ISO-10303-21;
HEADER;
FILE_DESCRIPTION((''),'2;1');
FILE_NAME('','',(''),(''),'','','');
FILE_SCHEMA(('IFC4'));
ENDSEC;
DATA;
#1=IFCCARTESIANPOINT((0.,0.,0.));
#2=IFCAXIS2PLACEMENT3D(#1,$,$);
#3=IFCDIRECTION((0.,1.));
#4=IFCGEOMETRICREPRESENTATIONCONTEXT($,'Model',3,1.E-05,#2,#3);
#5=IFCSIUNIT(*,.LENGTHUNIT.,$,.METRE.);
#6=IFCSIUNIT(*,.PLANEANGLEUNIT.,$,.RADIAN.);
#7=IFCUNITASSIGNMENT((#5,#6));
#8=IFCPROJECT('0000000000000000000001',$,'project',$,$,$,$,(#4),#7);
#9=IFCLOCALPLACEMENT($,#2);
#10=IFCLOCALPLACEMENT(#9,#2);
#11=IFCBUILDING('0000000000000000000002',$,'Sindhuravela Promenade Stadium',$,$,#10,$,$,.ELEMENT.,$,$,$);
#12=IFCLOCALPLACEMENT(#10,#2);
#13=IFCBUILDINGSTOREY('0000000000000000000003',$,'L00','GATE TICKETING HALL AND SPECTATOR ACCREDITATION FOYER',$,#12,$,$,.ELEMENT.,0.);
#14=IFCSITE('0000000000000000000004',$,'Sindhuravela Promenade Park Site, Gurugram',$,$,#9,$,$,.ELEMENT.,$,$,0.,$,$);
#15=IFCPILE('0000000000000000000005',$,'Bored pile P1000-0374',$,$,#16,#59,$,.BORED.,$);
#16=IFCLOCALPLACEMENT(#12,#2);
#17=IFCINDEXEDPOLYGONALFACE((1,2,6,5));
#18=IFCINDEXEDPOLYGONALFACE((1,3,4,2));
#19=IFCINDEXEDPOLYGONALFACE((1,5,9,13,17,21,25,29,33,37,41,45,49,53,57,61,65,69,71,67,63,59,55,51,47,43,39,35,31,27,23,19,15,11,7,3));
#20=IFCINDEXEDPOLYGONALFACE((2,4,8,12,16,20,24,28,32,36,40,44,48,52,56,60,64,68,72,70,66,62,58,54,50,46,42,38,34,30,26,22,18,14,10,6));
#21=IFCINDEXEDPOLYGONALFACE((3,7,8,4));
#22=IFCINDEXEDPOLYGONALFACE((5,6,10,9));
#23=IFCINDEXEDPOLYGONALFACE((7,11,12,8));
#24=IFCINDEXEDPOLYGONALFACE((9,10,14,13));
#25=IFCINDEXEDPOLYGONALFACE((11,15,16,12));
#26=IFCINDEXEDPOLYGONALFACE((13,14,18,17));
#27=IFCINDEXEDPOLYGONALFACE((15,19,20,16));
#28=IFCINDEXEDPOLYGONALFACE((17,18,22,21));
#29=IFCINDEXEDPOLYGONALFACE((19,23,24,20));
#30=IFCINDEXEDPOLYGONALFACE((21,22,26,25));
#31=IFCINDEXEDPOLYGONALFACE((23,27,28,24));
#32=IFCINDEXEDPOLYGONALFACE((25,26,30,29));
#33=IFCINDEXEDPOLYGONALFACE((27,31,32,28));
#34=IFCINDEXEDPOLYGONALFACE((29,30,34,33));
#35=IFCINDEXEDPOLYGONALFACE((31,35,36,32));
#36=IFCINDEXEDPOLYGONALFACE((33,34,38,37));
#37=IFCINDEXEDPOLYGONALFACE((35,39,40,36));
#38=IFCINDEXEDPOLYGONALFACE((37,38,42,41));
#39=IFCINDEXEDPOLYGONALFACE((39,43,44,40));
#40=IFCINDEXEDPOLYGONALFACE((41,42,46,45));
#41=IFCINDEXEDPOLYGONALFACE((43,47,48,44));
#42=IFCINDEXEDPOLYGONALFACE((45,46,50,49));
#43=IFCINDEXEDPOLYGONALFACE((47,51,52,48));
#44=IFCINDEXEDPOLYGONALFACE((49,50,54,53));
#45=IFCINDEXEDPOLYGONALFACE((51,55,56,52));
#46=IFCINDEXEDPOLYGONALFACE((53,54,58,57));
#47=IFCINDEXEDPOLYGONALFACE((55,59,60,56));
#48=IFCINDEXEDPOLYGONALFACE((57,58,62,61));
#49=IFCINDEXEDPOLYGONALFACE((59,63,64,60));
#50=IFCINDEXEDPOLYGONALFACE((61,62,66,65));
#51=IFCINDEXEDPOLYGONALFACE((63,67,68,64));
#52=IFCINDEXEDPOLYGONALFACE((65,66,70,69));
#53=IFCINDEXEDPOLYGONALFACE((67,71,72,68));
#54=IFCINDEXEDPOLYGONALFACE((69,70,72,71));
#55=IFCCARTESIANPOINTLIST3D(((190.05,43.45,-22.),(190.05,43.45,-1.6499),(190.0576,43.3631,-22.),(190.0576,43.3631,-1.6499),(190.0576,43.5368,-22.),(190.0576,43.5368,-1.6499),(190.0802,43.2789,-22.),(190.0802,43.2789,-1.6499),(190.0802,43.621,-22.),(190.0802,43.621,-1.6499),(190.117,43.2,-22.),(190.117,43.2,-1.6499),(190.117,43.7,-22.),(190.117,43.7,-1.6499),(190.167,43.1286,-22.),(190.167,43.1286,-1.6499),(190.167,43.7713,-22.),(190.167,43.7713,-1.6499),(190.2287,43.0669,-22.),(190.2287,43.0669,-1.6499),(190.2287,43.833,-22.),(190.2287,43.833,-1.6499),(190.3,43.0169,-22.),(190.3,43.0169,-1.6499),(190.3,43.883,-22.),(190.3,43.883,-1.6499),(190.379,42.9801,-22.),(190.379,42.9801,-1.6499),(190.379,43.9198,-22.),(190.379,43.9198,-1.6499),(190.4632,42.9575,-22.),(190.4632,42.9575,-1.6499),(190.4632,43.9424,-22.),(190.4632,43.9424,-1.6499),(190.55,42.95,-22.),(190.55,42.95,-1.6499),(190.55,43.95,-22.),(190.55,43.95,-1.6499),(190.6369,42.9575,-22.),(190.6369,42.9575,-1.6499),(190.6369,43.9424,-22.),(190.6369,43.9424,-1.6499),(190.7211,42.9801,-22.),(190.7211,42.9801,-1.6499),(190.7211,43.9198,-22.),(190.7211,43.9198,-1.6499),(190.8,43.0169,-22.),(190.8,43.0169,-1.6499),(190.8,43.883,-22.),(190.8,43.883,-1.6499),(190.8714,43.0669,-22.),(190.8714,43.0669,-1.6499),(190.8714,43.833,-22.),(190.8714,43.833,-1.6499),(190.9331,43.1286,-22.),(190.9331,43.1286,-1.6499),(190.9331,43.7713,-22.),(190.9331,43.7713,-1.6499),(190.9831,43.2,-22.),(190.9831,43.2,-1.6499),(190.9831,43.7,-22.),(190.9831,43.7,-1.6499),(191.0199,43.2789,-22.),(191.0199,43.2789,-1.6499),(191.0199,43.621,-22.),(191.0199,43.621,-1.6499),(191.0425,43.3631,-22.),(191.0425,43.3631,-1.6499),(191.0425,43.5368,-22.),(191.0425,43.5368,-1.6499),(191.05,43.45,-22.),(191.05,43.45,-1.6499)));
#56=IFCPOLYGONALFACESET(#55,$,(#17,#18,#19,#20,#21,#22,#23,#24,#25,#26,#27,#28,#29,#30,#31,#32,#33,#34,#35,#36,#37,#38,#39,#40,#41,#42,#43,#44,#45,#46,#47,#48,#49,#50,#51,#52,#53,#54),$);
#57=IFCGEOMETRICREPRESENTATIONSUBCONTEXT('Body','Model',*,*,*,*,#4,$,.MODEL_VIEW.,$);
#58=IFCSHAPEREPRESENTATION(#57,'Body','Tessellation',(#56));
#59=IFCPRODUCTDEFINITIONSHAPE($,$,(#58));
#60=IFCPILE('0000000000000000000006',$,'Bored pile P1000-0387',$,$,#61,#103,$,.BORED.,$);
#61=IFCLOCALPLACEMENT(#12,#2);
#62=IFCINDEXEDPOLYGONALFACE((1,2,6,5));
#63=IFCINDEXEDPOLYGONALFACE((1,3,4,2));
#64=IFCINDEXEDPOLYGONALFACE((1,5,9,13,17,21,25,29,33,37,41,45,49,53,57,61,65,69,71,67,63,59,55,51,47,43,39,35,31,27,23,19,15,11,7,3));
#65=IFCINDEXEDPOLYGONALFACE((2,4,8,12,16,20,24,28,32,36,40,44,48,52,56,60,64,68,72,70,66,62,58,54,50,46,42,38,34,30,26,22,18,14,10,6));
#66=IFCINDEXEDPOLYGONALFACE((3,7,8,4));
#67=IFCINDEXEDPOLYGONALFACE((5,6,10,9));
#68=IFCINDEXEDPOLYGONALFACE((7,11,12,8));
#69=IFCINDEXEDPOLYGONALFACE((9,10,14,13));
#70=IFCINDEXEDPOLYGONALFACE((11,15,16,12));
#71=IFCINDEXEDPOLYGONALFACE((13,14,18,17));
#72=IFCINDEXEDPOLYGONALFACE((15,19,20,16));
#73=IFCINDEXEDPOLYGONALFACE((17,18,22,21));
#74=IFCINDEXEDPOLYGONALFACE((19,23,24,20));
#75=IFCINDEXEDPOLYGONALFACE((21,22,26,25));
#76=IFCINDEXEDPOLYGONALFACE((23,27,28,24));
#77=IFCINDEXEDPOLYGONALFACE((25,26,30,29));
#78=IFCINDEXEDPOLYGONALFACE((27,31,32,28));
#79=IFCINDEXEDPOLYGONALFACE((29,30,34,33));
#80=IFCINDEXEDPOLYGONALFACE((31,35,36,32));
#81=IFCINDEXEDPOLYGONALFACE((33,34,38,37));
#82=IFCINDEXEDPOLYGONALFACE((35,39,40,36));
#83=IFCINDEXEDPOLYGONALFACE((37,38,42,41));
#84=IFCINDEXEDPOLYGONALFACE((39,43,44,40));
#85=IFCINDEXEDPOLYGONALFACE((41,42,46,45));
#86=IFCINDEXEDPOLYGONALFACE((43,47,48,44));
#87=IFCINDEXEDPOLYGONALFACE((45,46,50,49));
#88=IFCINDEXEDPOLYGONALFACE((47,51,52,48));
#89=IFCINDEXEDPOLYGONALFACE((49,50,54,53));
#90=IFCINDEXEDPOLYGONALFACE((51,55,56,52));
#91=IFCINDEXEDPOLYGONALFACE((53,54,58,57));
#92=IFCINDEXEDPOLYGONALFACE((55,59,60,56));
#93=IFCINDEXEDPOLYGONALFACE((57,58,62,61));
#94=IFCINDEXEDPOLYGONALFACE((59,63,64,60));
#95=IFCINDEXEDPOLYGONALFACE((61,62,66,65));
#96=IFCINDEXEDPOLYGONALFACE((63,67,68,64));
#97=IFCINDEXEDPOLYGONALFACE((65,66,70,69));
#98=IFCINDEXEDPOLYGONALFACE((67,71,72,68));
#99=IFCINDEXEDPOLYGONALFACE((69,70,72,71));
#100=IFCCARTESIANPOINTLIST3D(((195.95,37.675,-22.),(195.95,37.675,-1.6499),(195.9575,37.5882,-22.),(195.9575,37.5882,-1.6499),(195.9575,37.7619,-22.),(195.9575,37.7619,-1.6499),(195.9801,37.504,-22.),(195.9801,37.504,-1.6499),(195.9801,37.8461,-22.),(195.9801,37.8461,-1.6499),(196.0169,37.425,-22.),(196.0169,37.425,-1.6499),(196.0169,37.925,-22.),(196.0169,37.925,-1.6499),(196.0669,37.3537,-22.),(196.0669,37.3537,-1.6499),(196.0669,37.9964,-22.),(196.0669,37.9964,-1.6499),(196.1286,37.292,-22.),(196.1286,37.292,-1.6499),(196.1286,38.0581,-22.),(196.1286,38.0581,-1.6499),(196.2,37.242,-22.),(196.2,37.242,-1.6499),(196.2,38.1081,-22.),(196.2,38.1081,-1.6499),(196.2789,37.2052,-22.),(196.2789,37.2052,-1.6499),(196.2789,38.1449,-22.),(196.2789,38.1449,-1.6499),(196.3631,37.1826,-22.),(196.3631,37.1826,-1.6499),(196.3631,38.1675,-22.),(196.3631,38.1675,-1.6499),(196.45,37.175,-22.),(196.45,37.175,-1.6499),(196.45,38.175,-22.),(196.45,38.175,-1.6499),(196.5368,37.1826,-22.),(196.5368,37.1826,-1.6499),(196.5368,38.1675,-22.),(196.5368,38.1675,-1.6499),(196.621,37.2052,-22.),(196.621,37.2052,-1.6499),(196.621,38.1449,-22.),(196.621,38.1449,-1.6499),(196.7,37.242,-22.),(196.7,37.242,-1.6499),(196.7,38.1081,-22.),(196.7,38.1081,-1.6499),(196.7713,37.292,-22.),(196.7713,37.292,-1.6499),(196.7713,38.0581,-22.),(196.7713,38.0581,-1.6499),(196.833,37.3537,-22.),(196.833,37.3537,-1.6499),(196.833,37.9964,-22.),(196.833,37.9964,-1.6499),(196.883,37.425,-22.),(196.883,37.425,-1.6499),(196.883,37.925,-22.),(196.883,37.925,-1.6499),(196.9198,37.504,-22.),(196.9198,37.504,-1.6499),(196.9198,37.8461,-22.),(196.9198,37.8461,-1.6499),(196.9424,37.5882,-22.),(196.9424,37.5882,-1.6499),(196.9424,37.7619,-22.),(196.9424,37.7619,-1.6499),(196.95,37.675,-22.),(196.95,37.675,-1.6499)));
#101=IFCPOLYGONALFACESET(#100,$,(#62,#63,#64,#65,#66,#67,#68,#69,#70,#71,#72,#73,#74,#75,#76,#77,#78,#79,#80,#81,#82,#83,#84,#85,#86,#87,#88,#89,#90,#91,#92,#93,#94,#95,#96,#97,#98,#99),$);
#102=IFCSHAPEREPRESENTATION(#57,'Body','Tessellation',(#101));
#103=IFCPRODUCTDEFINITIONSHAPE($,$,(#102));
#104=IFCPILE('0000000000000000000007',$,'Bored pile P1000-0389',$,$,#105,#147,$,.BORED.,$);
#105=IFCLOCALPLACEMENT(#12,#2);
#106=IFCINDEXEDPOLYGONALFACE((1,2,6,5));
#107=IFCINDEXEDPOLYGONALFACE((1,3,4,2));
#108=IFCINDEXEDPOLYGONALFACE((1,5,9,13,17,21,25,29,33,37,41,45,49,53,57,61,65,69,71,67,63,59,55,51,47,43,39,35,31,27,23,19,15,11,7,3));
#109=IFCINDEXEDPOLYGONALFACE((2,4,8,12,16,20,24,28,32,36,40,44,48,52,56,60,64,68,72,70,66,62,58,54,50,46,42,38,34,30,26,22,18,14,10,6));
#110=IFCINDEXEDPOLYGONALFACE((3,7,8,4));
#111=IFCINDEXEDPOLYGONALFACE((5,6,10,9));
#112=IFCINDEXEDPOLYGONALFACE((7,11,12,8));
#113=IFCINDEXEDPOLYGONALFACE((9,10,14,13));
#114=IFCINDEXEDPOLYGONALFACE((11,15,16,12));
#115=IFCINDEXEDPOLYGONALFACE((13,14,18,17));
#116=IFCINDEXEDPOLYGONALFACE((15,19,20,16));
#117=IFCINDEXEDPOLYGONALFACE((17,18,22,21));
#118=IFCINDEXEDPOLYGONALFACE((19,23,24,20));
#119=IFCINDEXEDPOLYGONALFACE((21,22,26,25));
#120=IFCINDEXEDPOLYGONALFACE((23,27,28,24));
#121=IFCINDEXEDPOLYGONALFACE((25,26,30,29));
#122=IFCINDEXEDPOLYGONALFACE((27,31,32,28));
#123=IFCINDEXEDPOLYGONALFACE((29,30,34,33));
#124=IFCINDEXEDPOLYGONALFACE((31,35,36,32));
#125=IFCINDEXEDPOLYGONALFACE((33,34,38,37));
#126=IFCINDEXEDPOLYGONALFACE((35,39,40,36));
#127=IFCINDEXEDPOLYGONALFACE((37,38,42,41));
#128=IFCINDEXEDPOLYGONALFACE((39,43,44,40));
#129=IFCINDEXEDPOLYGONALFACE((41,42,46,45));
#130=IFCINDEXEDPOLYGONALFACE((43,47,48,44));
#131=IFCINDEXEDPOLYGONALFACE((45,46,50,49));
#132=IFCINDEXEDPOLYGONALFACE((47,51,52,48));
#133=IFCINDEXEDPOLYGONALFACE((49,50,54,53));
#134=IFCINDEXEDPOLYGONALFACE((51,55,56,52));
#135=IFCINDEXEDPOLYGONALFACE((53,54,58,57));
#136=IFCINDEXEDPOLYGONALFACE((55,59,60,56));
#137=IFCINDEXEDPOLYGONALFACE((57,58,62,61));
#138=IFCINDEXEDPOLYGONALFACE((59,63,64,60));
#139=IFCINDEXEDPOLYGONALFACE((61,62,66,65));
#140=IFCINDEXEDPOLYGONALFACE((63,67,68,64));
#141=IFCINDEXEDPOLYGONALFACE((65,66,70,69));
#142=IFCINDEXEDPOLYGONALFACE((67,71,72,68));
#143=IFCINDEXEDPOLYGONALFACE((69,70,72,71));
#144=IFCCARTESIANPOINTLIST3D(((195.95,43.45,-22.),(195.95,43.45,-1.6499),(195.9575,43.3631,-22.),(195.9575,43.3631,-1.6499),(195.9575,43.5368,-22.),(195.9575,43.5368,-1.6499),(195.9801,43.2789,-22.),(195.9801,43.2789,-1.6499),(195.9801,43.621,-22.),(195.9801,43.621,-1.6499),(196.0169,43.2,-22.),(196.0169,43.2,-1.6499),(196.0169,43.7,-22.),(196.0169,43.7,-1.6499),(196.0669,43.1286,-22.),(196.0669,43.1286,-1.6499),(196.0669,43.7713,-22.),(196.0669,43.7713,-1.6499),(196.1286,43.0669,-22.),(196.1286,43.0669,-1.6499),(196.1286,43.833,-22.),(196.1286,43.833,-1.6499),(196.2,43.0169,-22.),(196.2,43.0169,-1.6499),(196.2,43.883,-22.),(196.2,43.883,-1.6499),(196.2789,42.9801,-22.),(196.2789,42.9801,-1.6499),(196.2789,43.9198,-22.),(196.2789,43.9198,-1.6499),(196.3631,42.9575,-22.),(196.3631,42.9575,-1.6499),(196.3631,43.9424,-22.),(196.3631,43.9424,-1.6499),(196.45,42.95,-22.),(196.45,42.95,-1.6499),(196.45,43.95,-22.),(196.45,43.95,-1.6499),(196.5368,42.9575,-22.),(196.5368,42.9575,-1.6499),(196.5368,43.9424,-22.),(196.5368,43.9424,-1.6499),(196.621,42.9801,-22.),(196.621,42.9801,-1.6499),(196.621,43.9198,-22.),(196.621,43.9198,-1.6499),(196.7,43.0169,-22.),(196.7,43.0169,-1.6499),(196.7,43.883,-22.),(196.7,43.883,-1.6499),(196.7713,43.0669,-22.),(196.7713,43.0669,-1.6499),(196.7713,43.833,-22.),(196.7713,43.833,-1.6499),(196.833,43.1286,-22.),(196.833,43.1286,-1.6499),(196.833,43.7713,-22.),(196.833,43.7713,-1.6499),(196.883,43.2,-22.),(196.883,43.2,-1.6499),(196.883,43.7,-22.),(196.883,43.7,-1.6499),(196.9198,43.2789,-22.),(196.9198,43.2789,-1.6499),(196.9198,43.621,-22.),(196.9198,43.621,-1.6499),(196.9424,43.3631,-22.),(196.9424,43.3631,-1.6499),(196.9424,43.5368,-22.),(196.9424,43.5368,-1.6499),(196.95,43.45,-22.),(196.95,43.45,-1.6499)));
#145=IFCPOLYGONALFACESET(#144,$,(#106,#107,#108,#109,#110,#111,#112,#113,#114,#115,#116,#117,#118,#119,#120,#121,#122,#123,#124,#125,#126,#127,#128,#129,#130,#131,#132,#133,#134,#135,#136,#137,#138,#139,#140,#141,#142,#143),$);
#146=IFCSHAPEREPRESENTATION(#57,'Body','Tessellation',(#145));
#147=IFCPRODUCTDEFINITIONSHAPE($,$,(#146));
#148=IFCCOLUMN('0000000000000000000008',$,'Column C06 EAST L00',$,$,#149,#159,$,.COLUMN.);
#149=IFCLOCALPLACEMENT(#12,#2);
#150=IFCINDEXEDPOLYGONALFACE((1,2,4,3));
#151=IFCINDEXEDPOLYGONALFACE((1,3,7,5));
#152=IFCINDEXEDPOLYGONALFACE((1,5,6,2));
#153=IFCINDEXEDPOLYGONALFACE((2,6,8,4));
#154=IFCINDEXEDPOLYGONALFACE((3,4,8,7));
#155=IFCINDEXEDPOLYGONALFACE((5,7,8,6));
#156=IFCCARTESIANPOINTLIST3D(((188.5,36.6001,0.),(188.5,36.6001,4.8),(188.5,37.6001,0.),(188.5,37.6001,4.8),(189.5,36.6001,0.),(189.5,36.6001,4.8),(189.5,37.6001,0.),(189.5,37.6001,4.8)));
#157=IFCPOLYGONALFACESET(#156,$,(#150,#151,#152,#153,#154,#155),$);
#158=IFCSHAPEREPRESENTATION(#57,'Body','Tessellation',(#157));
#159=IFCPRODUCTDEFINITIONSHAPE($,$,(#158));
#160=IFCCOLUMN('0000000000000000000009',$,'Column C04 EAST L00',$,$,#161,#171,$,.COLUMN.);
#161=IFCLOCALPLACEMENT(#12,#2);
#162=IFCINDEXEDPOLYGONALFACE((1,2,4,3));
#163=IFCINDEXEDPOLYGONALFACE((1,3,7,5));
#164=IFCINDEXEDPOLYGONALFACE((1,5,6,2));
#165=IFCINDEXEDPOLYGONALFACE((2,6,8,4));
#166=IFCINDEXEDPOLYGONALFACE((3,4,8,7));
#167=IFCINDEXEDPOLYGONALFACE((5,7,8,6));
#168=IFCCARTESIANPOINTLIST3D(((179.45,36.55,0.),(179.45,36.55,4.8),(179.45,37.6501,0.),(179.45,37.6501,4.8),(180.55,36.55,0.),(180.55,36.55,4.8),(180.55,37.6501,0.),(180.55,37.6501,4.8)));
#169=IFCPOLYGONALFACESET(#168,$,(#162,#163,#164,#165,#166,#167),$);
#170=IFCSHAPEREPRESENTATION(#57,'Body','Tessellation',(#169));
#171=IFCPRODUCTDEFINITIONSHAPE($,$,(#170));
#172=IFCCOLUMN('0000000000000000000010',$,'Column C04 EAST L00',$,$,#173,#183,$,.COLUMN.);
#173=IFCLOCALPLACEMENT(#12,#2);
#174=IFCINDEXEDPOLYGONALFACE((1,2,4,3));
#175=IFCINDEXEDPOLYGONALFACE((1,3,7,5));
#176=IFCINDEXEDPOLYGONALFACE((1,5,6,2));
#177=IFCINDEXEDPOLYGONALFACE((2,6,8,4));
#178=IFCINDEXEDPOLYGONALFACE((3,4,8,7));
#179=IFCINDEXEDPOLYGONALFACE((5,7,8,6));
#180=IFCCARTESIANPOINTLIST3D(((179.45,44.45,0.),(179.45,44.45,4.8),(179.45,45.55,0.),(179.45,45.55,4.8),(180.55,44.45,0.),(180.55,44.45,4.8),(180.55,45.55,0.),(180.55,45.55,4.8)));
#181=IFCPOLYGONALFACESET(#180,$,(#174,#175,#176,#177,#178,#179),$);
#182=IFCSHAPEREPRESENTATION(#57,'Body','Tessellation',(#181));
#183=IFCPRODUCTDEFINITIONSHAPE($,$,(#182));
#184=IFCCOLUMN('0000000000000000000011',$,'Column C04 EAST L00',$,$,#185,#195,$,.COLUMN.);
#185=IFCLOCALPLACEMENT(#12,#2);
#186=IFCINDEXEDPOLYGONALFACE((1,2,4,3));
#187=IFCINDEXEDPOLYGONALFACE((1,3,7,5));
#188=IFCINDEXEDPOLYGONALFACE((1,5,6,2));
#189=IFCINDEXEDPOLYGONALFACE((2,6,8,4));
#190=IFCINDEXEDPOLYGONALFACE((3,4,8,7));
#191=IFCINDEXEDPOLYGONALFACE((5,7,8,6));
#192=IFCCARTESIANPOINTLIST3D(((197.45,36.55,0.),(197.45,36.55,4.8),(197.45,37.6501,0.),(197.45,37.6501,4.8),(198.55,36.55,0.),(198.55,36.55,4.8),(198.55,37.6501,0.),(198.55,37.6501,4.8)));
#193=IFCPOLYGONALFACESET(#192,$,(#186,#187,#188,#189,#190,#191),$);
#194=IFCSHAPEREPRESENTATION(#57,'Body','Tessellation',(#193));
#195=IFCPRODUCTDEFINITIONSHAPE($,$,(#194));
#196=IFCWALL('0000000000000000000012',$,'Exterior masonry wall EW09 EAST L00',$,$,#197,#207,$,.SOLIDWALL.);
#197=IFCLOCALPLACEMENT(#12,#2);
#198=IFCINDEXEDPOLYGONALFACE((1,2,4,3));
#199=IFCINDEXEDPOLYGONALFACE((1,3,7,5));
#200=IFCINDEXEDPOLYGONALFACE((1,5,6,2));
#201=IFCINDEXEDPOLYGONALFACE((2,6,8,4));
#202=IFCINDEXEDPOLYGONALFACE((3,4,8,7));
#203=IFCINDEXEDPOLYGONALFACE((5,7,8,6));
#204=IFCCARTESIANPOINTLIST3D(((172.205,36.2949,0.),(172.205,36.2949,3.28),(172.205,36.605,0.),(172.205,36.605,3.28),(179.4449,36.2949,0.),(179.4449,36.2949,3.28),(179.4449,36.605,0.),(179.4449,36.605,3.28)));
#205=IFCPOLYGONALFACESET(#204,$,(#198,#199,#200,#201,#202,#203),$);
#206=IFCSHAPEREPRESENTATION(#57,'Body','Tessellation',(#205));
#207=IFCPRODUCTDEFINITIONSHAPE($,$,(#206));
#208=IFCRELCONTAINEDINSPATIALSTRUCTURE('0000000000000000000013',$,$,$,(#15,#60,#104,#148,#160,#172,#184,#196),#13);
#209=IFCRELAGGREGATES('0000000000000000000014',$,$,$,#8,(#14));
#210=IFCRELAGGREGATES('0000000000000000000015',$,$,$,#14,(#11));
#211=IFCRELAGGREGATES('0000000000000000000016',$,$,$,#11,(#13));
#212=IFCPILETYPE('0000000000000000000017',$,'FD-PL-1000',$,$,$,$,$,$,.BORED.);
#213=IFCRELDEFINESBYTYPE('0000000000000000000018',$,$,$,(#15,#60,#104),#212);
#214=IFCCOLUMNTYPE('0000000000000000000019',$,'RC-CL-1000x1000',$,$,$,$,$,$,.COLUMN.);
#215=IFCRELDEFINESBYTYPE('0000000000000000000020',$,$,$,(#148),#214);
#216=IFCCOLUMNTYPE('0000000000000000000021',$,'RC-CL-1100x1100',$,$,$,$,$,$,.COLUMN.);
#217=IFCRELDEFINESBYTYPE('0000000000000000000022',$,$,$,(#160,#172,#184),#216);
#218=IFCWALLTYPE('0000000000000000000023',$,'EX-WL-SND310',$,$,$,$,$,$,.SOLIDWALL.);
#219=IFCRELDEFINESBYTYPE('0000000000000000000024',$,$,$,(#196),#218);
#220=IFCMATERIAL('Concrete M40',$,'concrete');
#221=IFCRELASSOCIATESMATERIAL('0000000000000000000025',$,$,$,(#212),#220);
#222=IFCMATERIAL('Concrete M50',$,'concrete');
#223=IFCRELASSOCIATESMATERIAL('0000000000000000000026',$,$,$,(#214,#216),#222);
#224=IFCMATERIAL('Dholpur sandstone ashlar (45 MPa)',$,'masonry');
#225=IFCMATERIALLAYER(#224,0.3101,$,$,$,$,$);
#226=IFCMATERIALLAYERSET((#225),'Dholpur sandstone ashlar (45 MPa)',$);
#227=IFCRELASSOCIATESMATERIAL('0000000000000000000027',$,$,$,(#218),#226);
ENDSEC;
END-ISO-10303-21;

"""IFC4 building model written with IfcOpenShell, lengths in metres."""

from ifc_helpers import new_model, si_unit, direction, frame, frame_2d, origin, origin_2d, place, context, subcontext, project, spatial, rectangle, circle, extrude, material, layer, layer_set, material_profile, profile_set, type_object, element, save


model = new_model("IFC4")

# Units and contexts
model_context = context("Model", 3, precision=1e-05, world=origin(), true_north=direction((0.0, 1.0)))
body_context = subcontext(model_context, "Body", "Model", "MODEL_VIEW")
ifc_project = project(units=[si_unit("LENGTHUNIT", "METRE"), si_unit("PLANEANGLEUNIT", "RADIAN")], contexts=[model_context])

# Site, building, storey
site_placement = place(None, origin())
site = spatial("IfcSite", under=ifc_project, at=site_placement, Name="Sindhuravela Promenade Park Site, Gurugram", CompositionType="ELEMENT", RefElevation=0.0)
building_placement = place(site_placement, origin())
building = spatial("IfcBuilding", under=site, at=building_placement, Name="Sindhuravela Promenade Stadium", CompositionType="ELEMENT")
storey_placement = place(building_placement, origin())
storey = spatial("IfcBuildingStorey", under=building, at=storey_placement, Name="L00", Description="GATE TICKETING HALL AND SPECTATOR ACCREDITATION FOYER", CompositionType="ELEMENT", Elevation=0.0)

# Shared definitions
ifc_material_1 = material(Name="Concrete M50", Category="concrete")

# Piles
ifc_material_2 = material(Name="Concrete M40", Category="concrete")
ifc_material_profile_1 = material_profile(ifc_material_2, circle(Radius=0.5, at=origin_2d()), Name="BORED PILE D1000")
ifc_profile_set_1 = profile_set([ifc_material_profile_1], Name="Concrete M40")
pile_type = type_object("IfcPileType", Name="FD-PL-1000", PredefinedType="BORED", material=ifc_profile_set_1)
for number, where, z_axis, x_axis, name in (
    (1, (190.55, 43.45, -1.6499), (0.0, 0.0, -1.0), (1.0, 0.0, 0.0), "Bored pile P1000-0374"),
    (2, (196.45, 37.675, -1.6499), (0.0, 0.0, -1.0), (1.0, 0.0, 0.0), "Bored pile P1000-0387"),
    (3, (196.45, 43.45, -1.6499), (0.0, 0.0, -1.0), (1.0, 0.0, 0.0), "Bored pile P1000-0389"),
):
    element("IfcPile", number, at=place(storey_placement, frame(where, z_axis=z_axis, x_axis=x_axis)), inside=storey, type_object=pile_type, Name=name, PredefinedType="BORED", context=body_context, shape_type="SweptSolid", body=[
        extrude(circle(Radius=0.5, at=origin_2d()), origin(), (0.0, 0.0, 1.0), 20.3501),
    ])

# Columns
ifc_material_profile_2 = material_profile(ifc_material_1, rectangle(XDim=1.0, YDim=1.0, at=origin_2d()), Name="RC 1000x1000")
ifc_profile_set_2 = profile_set([ifc_material_profile_2], Name="Concrete M50")
column_type_1 = type_object("IfcColumnType", Name="RC-CL-1000x1000", PredefinedType="COLUMN", material=ifc_profile_set_2)
column_placement = place(storey_placement, frame((189.0, 37.1001, 0.0), z_axis=(0.0, 0.0, 1.0), x_axis=(1.0, 0.0, 0.0)))
element("IfcColumn", 4, at=column_placement, inside=storey, type_object=column_type_1, Name="Column C06 EAST L00", PredefinedType="COLUMN", context=body_context, shape_type="SweptSolid", body=[
    extrude(rectangle(XDim=1.0, YDim=1.0, at=origin_2d()), origin(), (0.0, 0.0, 1.0), 4.8),
])
ifc_material_profile_3 = material_profile(ifc_material_1, rectangle(XDim=1.1001, YDim=1.1001, at=origin_2d()), Name="RC 1100x1100")
ifc_profile_set_3 = profile_set([ifc_material_profile_3], Name="Concrete M50")
column_type_2 = type_object("IfcColumnType", Name="RC-CL-1100x1100", PredefinedType="COLUMN", material=ifc_profile_set_3)
for number, where, z_axis, x_axis, name in (
    (5, (180.0, 37.1001, 0.0), (0.0, 0.0, 1.0), (1.0, 0.0, 0.0), "Column C04 EAST L00"),
    (6, (180.0, 45.0, 0.0), (0.0, 0.0, 1.0), (1.0, 0.0, 0.0), "Column C04 EAST L00"),
    (7, (198.0, 37.1001, 0.0), (0.0, 0.0, 1.0), (1.0, 0.0, 0.0), "Column C04 EAST L00"),
):
    element("IfcColumn", number, at=place(storey_placement, frame(where, z_axis=z_axis, x_axis=x_axis)), inside=storey, type_object=column_type_2, Name=name, PredefinedType="COLUMN", context=body_context, shape_type="SweptSolid", body=[
        extrude(rectangle(XDim=1.1001, YDim=1.1001, at=origin_2d()), origin(), (0.0, 0.0, 1.0), 4.8),
    ])

# Wall
ifc_material_3 = material(Name="Dholpur sandstone ashlar (45 MPa)", Category="masonry")
ifc_layer_1 = layer(ifc_material_3, 0.3101)
ifc_layer_set_1 = layer_set([ifc_layer_1], Name="Dholpur sandstone ashlar (45 MPa)")
wall_type_1 = type_object("IfcWallType", Name="EX-WL-SND310", PredefinedType="SOLIDWALL", material=ifc_layer_set_1)
wall_1_placement = place(storey_placement, frame((179.4451, 36.45, 0.0), z_axis=(0.0, 0.0, 1.0), x_axis=(-1.0, 0.0, 0.0)))
element("IfcWall", 8, at=wall_1_placement, inside=storey, type_object=wall_type_1, Name="Exterior masonry wall EW09 EAST L00", PredefinedType="SOLIDWALL", context=body_context, shape_type="SweptSolid", body=[
    extrude(rectangle(XDim=7.24, YDim=0.3101, at=frame_2d((3.6201, 0.0))), origin(), (0.0, 0.0, 1.0), 3.28),
])

save(model, "model.ifc")
